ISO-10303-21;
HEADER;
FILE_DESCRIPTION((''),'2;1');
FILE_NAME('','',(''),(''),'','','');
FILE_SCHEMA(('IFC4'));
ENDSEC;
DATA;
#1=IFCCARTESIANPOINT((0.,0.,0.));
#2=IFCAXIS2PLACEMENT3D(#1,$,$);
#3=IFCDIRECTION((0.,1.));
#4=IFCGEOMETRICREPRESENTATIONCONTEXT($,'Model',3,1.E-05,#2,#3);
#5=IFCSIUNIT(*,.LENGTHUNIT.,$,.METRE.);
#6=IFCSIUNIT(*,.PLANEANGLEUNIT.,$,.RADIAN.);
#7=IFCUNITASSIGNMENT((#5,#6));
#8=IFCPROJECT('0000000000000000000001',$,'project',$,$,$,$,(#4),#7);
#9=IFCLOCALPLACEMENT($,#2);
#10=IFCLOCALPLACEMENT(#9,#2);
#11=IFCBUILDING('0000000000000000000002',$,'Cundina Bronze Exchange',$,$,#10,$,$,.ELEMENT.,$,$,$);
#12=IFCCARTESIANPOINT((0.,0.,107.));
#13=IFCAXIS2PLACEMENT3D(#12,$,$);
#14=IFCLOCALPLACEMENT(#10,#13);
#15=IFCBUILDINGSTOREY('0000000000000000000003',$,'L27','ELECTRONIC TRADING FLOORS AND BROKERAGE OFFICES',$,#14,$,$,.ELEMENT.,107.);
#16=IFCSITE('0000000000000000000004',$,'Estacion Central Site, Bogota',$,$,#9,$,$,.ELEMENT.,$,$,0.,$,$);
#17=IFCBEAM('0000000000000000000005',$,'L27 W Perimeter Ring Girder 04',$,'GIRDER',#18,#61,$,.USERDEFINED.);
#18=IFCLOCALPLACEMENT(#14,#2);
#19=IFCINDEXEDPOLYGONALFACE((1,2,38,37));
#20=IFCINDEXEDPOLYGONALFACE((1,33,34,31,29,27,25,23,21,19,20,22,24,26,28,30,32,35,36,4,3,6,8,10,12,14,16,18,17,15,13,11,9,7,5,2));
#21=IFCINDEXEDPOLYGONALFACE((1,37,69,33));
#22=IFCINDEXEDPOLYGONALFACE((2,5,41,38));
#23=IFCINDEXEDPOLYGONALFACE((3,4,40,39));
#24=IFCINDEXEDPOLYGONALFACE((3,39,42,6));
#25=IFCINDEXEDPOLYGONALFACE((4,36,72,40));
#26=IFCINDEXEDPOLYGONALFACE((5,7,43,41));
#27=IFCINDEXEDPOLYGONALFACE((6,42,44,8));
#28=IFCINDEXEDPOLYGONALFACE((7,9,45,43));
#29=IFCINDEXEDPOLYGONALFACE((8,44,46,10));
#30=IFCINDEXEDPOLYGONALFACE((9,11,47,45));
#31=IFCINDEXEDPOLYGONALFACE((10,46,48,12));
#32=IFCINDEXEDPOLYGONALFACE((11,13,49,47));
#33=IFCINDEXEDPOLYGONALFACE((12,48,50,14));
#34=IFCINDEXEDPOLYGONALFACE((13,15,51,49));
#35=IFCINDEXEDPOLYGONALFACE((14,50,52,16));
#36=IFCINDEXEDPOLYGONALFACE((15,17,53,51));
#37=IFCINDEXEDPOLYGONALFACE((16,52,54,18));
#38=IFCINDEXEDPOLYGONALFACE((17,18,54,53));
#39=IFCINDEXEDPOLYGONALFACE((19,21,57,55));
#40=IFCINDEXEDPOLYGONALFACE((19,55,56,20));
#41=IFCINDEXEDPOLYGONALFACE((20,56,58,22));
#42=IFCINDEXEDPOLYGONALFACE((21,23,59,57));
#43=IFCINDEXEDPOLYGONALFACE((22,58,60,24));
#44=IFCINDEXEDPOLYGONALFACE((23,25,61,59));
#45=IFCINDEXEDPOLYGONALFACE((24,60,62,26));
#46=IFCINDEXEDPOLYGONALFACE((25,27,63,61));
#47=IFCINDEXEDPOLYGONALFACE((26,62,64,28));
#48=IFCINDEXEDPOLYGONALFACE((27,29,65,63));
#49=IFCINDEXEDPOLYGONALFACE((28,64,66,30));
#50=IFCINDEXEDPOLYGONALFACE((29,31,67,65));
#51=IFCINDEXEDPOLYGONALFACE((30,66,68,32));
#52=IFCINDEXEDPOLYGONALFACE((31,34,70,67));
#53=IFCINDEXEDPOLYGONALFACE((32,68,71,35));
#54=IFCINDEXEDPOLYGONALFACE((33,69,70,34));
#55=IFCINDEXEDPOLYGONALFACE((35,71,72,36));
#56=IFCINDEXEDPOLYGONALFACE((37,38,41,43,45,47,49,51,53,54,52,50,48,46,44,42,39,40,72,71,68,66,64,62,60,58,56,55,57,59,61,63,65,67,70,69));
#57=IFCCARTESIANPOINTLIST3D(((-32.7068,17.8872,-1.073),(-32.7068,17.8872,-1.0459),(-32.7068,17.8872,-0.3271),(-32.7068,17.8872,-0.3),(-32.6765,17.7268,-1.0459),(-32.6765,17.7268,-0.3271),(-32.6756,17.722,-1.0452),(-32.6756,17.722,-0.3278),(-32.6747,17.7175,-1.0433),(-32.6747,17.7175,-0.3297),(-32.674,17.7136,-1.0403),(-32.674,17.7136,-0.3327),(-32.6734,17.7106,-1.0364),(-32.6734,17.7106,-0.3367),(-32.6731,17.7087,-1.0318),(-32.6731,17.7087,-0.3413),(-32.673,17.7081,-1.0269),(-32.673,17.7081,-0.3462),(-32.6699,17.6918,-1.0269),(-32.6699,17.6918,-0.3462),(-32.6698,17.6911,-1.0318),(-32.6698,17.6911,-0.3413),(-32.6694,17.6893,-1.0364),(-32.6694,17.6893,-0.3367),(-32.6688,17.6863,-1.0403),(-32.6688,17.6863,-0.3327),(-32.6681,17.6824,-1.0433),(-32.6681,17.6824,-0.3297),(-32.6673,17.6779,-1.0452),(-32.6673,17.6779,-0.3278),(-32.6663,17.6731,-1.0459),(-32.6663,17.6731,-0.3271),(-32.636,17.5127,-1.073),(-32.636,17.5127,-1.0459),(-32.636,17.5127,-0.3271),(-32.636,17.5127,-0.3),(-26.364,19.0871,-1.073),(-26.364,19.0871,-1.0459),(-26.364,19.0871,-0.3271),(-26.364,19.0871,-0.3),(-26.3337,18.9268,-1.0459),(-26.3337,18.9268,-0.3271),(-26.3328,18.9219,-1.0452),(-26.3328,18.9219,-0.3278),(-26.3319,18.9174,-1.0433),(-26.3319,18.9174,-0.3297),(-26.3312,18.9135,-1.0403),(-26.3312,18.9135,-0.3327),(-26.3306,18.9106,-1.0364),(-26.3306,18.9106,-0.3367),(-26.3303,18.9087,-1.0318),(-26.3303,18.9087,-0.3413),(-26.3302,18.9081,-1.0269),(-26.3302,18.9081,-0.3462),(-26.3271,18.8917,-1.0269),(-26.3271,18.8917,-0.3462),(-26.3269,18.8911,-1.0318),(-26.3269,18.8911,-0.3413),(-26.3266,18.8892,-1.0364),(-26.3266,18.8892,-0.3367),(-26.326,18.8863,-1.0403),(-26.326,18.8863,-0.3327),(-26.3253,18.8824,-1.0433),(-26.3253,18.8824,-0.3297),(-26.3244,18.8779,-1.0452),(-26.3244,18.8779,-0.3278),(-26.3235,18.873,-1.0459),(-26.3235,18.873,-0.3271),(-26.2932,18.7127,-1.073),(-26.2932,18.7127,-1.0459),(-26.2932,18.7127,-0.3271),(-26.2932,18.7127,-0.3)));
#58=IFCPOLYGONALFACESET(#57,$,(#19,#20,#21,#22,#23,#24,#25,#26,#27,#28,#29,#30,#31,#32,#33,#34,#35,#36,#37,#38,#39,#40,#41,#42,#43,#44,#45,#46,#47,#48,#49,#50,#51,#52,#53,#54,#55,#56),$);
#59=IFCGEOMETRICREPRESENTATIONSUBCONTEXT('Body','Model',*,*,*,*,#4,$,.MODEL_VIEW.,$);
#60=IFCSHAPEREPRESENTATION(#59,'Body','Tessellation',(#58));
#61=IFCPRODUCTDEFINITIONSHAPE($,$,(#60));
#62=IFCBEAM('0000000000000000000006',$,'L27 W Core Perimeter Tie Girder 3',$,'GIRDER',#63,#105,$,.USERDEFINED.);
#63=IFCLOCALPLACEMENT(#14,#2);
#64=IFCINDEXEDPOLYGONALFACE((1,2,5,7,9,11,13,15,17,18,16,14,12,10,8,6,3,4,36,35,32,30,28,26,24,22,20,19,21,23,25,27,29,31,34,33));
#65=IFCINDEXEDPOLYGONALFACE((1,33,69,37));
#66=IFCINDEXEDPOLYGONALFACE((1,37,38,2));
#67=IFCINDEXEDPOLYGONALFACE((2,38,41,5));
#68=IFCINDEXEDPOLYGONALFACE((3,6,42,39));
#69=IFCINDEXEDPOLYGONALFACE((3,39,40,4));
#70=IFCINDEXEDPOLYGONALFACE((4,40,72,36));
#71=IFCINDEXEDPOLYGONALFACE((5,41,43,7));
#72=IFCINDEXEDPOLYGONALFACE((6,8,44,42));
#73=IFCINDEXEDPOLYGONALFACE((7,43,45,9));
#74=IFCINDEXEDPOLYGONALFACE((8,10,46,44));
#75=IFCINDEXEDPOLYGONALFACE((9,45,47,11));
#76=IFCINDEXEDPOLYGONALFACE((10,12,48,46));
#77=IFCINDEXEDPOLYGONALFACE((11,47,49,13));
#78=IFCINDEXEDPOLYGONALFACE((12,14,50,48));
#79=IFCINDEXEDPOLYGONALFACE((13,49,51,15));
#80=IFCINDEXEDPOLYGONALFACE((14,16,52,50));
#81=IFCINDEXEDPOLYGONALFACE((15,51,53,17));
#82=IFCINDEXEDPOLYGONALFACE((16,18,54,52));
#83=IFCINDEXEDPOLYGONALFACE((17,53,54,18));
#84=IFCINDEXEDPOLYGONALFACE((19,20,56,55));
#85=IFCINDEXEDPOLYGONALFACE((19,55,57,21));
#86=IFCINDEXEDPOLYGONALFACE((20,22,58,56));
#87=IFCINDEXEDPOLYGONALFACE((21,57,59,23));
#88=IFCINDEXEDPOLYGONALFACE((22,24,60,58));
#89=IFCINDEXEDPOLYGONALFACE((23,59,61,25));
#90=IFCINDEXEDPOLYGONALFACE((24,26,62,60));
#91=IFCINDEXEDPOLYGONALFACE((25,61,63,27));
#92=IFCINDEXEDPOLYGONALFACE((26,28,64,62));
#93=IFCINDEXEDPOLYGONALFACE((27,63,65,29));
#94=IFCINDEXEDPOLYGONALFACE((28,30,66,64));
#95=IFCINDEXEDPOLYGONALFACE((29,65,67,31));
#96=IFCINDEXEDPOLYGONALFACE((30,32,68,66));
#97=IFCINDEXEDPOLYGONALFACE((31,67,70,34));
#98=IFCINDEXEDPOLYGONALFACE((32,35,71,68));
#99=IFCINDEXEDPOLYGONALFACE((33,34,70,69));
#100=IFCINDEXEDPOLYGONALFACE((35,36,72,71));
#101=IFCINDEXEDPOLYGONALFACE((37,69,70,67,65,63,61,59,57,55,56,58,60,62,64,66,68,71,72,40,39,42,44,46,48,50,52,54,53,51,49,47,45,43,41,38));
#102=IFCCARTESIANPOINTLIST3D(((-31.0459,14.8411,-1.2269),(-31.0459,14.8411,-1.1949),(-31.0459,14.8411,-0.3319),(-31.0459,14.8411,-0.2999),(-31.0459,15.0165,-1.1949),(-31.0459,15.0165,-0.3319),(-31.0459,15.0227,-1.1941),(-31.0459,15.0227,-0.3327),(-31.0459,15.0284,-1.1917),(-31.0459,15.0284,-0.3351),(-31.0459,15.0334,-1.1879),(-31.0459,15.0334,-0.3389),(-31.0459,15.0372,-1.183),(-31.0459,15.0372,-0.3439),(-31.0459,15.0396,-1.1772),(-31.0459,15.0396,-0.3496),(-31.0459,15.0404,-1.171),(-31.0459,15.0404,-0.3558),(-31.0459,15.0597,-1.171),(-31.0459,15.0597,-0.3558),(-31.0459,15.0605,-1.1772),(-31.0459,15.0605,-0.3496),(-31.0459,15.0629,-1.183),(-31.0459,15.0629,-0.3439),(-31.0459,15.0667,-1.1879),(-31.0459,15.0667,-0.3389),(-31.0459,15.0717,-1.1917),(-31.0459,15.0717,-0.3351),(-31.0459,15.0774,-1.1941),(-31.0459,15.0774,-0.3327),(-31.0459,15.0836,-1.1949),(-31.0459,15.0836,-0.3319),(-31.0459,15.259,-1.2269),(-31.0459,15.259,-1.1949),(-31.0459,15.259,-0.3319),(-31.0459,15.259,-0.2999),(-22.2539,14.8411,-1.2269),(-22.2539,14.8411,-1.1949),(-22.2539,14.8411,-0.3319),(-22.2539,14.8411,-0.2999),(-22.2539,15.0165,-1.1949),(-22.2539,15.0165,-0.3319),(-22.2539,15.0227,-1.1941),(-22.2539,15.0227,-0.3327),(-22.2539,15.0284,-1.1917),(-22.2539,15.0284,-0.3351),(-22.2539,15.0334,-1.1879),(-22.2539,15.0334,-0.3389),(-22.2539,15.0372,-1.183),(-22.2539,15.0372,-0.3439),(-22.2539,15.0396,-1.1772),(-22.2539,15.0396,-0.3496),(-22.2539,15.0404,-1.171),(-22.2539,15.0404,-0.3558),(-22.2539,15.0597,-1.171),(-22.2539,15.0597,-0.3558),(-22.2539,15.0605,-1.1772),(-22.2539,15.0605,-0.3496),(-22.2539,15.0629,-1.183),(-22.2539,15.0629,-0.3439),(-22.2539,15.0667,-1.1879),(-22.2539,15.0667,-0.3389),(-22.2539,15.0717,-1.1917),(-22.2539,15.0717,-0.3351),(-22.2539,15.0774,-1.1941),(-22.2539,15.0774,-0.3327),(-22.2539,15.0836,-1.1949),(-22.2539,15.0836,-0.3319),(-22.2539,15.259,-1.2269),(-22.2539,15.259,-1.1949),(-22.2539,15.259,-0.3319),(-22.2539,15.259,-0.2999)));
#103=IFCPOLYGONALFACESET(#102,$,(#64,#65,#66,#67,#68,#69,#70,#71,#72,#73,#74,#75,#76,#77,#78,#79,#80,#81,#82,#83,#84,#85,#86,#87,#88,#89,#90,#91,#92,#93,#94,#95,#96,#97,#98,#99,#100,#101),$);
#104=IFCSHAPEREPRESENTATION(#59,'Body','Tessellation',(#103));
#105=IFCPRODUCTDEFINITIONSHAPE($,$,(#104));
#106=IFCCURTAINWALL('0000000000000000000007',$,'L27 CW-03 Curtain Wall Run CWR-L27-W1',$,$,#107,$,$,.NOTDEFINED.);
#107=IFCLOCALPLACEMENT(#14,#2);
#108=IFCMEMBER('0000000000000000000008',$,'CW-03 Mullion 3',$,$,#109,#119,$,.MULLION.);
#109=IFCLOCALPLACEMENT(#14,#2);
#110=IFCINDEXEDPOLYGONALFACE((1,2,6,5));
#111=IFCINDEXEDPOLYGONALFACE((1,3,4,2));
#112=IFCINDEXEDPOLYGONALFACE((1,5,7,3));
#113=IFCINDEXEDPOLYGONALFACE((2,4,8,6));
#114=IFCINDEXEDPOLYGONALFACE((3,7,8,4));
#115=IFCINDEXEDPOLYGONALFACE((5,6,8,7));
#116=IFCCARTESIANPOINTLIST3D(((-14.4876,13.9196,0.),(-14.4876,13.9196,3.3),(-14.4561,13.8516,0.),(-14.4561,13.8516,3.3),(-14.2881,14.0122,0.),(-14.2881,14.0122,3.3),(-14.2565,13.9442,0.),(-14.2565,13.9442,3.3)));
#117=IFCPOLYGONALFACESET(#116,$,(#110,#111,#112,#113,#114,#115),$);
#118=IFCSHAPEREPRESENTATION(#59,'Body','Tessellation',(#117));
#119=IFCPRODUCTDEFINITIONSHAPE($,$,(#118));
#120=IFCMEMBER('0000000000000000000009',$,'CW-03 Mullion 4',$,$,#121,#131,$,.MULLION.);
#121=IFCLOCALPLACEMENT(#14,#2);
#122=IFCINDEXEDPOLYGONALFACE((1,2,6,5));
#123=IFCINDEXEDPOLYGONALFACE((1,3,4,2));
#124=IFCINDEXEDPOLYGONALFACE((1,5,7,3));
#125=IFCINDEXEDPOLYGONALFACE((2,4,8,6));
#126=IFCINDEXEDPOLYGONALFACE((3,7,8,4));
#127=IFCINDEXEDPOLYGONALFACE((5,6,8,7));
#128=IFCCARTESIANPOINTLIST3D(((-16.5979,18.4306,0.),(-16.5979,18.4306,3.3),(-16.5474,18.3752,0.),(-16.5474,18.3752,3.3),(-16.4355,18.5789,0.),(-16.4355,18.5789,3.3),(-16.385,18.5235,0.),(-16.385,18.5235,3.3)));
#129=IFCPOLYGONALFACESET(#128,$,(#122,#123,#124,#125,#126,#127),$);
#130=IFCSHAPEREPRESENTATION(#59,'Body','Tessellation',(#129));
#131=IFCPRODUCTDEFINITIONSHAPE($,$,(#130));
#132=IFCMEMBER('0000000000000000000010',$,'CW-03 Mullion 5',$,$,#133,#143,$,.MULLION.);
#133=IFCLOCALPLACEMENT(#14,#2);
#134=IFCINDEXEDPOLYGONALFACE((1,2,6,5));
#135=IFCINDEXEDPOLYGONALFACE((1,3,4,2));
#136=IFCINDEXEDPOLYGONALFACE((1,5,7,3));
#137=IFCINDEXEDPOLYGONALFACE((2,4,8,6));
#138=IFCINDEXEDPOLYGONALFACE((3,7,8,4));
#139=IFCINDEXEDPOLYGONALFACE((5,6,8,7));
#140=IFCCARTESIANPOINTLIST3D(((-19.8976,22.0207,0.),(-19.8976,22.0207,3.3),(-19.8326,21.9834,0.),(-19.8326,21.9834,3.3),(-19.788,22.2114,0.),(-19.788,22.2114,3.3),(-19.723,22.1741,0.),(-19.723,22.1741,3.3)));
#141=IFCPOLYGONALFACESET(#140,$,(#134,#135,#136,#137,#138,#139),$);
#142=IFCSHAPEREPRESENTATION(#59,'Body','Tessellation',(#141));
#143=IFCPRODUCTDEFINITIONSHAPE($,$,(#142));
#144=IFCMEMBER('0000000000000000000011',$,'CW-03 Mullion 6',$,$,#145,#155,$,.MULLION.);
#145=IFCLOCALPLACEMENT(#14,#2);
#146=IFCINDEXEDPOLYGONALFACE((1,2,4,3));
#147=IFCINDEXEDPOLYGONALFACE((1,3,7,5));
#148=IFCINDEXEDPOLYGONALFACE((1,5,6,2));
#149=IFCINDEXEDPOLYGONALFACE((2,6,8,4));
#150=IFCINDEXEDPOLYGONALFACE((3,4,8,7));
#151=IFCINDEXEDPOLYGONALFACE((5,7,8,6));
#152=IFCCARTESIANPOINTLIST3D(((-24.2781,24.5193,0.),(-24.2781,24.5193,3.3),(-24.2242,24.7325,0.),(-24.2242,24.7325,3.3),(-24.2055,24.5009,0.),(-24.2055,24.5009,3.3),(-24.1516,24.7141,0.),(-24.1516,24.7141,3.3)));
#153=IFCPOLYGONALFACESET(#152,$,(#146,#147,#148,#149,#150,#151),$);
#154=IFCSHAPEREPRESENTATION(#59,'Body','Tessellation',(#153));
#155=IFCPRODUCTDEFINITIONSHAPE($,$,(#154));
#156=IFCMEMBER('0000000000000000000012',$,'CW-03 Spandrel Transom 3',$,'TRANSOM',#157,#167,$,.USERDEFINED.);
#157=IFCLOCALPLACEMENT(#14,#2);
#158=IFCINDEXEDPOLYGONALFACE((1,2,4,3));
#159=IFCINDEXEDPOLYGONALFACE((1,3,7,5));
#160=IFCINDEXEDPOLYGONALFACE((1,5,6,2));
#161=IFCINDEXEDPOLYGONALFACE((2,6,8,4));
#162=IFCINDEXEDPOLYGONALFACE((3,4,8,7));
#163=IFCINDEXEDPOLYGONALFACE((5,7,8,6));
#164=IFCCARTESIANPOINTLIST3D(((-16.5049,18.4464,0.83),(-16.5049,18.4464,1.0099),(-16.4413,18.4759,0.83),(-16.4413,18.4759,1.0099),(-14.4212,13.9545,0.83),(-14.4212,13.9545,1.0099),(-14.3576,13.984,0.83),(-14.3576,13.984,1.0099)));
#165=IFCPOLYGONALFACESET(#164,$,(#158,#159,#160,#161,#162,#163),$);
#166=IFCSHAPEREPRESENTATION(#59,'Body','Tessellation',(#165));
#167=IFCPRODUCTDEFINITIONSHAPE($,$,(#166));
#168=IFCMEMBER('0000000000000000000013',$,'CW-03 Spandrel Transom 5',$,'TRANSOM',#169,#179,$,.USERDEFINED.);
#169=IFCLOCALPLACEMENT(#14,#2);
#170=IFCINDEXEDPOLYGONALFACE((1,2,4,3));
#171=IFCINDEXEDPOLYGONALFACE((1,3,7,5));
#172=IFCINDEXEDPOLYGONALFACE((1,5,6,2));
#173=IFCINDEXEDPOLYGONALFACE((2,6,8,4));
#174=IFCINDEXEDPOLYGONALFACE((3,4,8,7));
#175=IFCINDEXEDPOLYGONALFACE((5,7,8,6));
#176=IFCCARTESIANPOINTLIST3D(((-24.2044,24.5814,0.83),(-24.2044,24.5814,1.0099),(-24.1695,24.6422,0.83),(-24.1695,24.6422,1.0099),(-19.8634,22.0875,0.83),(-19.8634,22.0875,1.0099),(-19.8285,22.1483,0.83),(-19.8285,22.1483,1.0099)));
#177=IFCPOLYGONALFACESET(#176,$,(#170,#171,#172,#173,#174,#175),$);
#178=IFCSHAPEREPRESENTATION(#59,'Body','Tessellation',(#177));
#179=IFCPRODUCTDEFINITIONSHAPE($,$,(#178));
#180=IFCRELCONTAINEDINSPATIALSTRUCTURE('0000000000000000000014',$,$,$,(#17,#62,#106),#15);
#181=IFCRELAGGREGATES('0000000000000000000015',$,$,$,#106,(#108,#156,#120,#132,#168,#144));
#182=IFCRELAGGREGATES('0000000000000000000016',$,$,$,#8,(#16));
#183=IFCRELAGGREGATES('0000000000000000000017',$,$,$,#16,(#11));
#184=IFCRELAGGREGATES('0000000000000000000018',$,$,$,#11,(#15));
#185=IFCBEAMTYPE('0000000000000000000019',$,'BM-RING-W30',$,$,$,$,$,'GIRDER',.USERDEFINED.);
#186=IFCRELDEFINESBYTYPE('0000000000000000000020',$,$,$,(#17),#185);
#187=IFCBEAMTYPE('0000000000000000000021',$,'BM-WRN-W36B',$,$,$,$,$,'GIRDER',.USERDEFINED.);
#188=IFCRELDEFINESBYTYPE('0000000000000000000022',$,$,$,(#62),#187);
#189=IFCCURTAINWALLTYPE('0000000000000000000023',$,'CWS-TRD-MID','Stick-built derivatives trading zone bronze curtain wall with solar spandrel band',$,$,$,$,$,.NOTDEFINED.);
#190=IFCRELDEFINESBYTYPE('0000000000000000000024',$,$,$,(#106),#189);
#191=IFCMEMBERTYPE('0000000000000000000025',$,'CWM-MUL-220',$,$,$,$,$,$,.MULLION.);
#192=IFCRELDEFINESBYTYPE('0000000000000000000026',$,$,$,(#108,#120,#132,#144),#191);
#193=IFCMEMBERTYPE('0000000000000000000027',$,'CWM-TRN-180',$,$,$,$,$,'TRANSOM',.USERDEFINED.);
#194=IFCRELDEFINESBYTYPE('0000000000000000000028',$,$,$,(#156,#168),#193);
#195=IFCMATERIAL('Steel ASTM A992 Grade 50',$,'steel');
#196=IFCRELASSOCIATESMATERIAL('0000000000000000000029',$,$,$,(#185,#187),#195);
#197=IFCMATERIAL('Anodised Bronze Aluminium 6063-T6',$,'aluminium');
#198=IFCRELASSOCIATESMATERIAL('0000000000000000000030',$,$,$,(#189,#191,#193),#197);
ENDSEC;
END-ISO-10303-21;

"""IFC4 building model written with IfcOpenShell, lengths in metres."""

from ifc_helpers import new_model, si_unit, direction, frame, origin, origin_2d, place, context, subcontext, project, spatial, rectangle, i_section, extrude, material, material_profile, profile_set, type_object, element, aggregate, save


model = new_model("IFC4")

# Units and contexts
model_context = context("Model", 3, precision=1e-05, world=origin(), true_north=direction((0.0, 1.0)))
body_context = subcontext(model_context, "Body", "Model", "MODEL_VIEW")
ifc_project = project(units=[si_unit("LENGTHUNIT", "METRE"), si_unit("PLANEANGLEUNIT", "RADIAN")], contexts=[model_context])

# Site, building, storey
site_placement = place(None, origin())
site = spatial("IfcSite", under=ifc_project, at=site_placement, Name="Estacion Central Site, Bogota", CompositionType="ELEMENT", RefElevation=0.0)
building_placement = place(site_placement, origin())
building = spatial("IfcBuilding", under=site, at=building_placement, Name="Cundina Bronze Exchange", CompositionType="ELEMENT")
storey_placement = place(building_placement, frame((0.0, 0.0, 107.0)))
storey = spatial("IfcBuildingStorey", under=building, at=storey_placement, Name="L27", Description="ELECTRONIC TRADING FLOORS AND BROKERAGE OFFICES", CompositionType="ELEMENT", Elevation=107.0)

# Shared definitions
ifc_material_1 = material(Name="Steel ASTM A992 Grade 50", Category="steel")

# Beams
ifc_material_profile_1 = material_profile(ifc_material_1, i_section(OverallWidth=0.3811, OverallDepth=0.7729, WebThickness=0.0166, FlangeThickness=0.0271, FilletRadius=0.019, at=origin_2d()), Name="W30X173", Category="steel")
ifc_profile_set_1 = profile_set([ifc_material_profile_1], Name="Steel ASTM A992 Grade 50")
beam_type_1 = type_object("IfcBeamType", Name="BM-RING-W30", ElementType="GIRDER", PredefinedType="USERDEFINED", material=ifc_profile_set_1)
beam_1_placement = place(storey_placement, frame((-26.3286, 18.8999, -0.6865), z_axis=(-0.982571, -0.185887, 0.0), x_axis=(0.185887, -0.982571, 0.0)))
element("IfcBeam", 1, at=beam_1_placement, inside=storey, type_object=beam_type_1, Name="L27 W Perimeter Ring Girder 04", ObjectType="GIRDER", PredefinedType="USERDEFINED", context=body_context, shape_type="SweptSolid", body=[
    extrude(i_section(OverallWidth=0.3811, OverallDepth=0.7729, WebThickness=0.0166, FlangeThickness=0.0271, FilletRadius=0.019, at=origin_2d()), origin(), (0.0, 0.0, 1.0), 6.4553),
])
ifc_material_profile_2 = material_profile(ifc_material_1, i_section(OverallWidth=0.418, OverallDepth=0.927, WebThickness=0.0193, FlangeThickness=0.032, FilletRadius=0.0239, at=origin_2d()), Name="W36X231", Category="steel")
ifc_profile_set_2 = profile_set([ifc_material_profile_2], Name="Steel ASTM A992 Grade 50")
beam_type_2 = type_object("IfcBeamType", Name="BM-WRN-W36B", ElementType="GIRDER", PredefinedType="USERDEFINED", material=ifc_profile_set_2)
beam_2_placement = place(storey_placement, frame((-22.2539, 15.05, -0.7634), z_axis=(-1.0, 0.0, 0.0), x_axis=(0.0, -1.0, 0.0)))
element("IfcBeam", 2, at=beam_2_placement, inside=storey, type_object=beam_type_2, Name="L27 W Core Perimeter Tie Girder 3", ObjectType="GIRDER", PredefinedType="USERDEFINED", context=body_context, shape_type="SweptSolid", body=[
    extrude(i_section(OverallWidth=0.418, OverallDepth=0.927, WebThickness=0.0193, FlangeThickness=0.032, FilletRadius=0.0239, at=origin_2d()), origin(), (0.0, 0.0, 1.0), 8.792),
])

# Curtain wall, members
ifc_material_2 = material(Name="Anodised Bronze Aluminium 6063-T6", Category="aluminium")
curtain_wall_type = type_object("IfcCurtainWallType", Name="CWS-TRD-MID", Description="Stick-built derivatives trading zone bronze curtain wall with solar spandrel band", PredefinedType="NOTDEFINED", material=ifc_material_2)
curtain_wall_placement = place(storey_placement, origin())
curtain_wall = element("IfcCurtainWall", 3, at=curtain_wall_placement, inside=storey, type_object=curtain_wall_type, Name="L27 CW-03 Curtain Wall Run CWR-L27-W1", PredefinedType="NOTDEFINED")
ifc_material_profile_3 = material_profile(ifc_material_2, rectangle(XDim=0.075, YDim=0.22, at=origin_2d()), Name="AL75X220", Category="aluminium")
ifc_profile_set_3 = profile_set([ifc_material_profile_3], Name="Anodised Bronze Aluminium 6063-T6")
member_type_1 = type_object("IfcMemberType", Name="CWM-MUL-220", PredefinedType="MULLION", material=ifc_profile_set_3)
member_1_placement = place(storey_placement, frame((-14.3721, 13.9319, 0.0), z_axis=(0.0, 0.0, 1.0), x_axis=(-0.420877, 0.907117, 0.0)))
member_1 = element("IfcMember", 4, at=member_1_placement, type_object=member_type_1, Name="CW-03 Mullion 3", PredefinedType="MULLION", context=body_context, shape_type="SweptSolid", body=[
    extrude(rectangle(XDim=0.075, YDim=0.22, at=origin_2d()), origin(), (0.0, 0.0, 1.0), 3.3),
])
member_2_placement = place(storey_placement, frame((-16.4915, 18.4771, 0.0), z_axis=(0.0, 0.0, 1.0), x_axis=(-0.674302, 0.738455, 0.0)))
member_2 = element("IfcMember", 5, at=member_2_placement, type_object=member_type_1, Name="CW-03 Mullion 4", PredefinedType="MULLION", context=body_context, shape_type="SweptSolid", body=[
    extrude(rectangle(XDim=0.075, YDim=0.22, at=origin_2d()), origin(), (0.0, 0.0, 1.0), 3.3),
])
member_3_placement = place(storey_placement, frame((-19.8103, 22.0974, 0.0), z_axis=(0.0, 0.0, 1.0), x_axis=(-0.867071, 0.498185, 0.0)))
member_3 = element("IfcMember", 6, at=member_3_placement, type_object=member_type_1, Name="CW-03 Mullion 5", PredefinedType="MULLION", context=body_context, shape_type="SweptSolid", body=[
    extrude(rectangle(XDim=0.075, YDim=0.22, at=origin_2d()), origin(), (0.0, 0.0, 1.0), 3.3),
])
member_4_placement = place(storey_placement, frame((-24.2148, 24.6167, 0.0), z_axis=(0.0, 0.0, 1.0), x_axis=(-0.969488, 0.245138, 0.0)))
member_4 = element("IfcMember", 7, at=member_4_placement, type_object=member_type_1, Name="CW-03 Mullion 6", PredefinedType="MULLION", context=body_context, shape_type="SweptSolid", body=[
    extrude(rectangle(XDim=0.075, YDim=0.22, at=origin_2d()), origin(), (0.0, 0.0, 1.0), 3.3),
])
ifc_material_profile_4 = material_profile(ifc_material_2, rectangle(XDim=0.0701, YDim=0.1799, at=origin_2d()), Name="AL70X180", Category="aluminium")
ifc_profile_set_4 = profile_set([ifc_material_profile_4], Name="Anodised Bronze Aluminium 6063-T6")
member_type_2 = type_object("IfcMemberType", Name="CWM-TRN-180", ElementType="TRANSOM", PredefinedType="USERDEFINED", material=ifc_profile_set_4)
member_5_placement = place(storey_placement, frame((-14.3894, 13.9692, 0.9199), z_axis=(-0.420811, 0.907148, 0.0), x_axis=(-0.907148, -0.420811, 0.0)))
member_5 = element("IfcMember", 8, at=member_5_placement, type_object=member_type_2, Name="CW-03 Spandrel Transom 3", ObjectType="TRANSOM", PredefinedType="USERDEFINED", context=body_context, shape_type="SweptSolid", body=[
    extrude(rectangle(XDim=0.0701, YDim=0.1799, at=origin_2d()), origin(), (0.0, 0.0, 1.0), 4.9517),
])
member_6_placement = place(storey_placement, frame((-19.8459, 22.1179, 0.9199), z_axis=(-0.867097, 0.498139, 0.0), x_axis=(-0.498139, -0.867097, 0.0)))
member_6 = element("IfcMember", 9, at=member_6_placement, type_object=member_type_2, Name="CW-03 Spandrel Transom 5", ObjectType="TRANSOM", PredefinedType="USERDEFINED", context=body_context, shape_type="SweptSolid", body=[
    extrude(rectangle(XDim=0.0701, YDim=0.1799, at=origin_2d()), origin(), (0.0, 0.0, 1.0), 5.0063),
])
aggregate(curtain_wall, [member_1, member_5, member_2, member_3, member_6, member_4])

save(model, "model.ifc")
